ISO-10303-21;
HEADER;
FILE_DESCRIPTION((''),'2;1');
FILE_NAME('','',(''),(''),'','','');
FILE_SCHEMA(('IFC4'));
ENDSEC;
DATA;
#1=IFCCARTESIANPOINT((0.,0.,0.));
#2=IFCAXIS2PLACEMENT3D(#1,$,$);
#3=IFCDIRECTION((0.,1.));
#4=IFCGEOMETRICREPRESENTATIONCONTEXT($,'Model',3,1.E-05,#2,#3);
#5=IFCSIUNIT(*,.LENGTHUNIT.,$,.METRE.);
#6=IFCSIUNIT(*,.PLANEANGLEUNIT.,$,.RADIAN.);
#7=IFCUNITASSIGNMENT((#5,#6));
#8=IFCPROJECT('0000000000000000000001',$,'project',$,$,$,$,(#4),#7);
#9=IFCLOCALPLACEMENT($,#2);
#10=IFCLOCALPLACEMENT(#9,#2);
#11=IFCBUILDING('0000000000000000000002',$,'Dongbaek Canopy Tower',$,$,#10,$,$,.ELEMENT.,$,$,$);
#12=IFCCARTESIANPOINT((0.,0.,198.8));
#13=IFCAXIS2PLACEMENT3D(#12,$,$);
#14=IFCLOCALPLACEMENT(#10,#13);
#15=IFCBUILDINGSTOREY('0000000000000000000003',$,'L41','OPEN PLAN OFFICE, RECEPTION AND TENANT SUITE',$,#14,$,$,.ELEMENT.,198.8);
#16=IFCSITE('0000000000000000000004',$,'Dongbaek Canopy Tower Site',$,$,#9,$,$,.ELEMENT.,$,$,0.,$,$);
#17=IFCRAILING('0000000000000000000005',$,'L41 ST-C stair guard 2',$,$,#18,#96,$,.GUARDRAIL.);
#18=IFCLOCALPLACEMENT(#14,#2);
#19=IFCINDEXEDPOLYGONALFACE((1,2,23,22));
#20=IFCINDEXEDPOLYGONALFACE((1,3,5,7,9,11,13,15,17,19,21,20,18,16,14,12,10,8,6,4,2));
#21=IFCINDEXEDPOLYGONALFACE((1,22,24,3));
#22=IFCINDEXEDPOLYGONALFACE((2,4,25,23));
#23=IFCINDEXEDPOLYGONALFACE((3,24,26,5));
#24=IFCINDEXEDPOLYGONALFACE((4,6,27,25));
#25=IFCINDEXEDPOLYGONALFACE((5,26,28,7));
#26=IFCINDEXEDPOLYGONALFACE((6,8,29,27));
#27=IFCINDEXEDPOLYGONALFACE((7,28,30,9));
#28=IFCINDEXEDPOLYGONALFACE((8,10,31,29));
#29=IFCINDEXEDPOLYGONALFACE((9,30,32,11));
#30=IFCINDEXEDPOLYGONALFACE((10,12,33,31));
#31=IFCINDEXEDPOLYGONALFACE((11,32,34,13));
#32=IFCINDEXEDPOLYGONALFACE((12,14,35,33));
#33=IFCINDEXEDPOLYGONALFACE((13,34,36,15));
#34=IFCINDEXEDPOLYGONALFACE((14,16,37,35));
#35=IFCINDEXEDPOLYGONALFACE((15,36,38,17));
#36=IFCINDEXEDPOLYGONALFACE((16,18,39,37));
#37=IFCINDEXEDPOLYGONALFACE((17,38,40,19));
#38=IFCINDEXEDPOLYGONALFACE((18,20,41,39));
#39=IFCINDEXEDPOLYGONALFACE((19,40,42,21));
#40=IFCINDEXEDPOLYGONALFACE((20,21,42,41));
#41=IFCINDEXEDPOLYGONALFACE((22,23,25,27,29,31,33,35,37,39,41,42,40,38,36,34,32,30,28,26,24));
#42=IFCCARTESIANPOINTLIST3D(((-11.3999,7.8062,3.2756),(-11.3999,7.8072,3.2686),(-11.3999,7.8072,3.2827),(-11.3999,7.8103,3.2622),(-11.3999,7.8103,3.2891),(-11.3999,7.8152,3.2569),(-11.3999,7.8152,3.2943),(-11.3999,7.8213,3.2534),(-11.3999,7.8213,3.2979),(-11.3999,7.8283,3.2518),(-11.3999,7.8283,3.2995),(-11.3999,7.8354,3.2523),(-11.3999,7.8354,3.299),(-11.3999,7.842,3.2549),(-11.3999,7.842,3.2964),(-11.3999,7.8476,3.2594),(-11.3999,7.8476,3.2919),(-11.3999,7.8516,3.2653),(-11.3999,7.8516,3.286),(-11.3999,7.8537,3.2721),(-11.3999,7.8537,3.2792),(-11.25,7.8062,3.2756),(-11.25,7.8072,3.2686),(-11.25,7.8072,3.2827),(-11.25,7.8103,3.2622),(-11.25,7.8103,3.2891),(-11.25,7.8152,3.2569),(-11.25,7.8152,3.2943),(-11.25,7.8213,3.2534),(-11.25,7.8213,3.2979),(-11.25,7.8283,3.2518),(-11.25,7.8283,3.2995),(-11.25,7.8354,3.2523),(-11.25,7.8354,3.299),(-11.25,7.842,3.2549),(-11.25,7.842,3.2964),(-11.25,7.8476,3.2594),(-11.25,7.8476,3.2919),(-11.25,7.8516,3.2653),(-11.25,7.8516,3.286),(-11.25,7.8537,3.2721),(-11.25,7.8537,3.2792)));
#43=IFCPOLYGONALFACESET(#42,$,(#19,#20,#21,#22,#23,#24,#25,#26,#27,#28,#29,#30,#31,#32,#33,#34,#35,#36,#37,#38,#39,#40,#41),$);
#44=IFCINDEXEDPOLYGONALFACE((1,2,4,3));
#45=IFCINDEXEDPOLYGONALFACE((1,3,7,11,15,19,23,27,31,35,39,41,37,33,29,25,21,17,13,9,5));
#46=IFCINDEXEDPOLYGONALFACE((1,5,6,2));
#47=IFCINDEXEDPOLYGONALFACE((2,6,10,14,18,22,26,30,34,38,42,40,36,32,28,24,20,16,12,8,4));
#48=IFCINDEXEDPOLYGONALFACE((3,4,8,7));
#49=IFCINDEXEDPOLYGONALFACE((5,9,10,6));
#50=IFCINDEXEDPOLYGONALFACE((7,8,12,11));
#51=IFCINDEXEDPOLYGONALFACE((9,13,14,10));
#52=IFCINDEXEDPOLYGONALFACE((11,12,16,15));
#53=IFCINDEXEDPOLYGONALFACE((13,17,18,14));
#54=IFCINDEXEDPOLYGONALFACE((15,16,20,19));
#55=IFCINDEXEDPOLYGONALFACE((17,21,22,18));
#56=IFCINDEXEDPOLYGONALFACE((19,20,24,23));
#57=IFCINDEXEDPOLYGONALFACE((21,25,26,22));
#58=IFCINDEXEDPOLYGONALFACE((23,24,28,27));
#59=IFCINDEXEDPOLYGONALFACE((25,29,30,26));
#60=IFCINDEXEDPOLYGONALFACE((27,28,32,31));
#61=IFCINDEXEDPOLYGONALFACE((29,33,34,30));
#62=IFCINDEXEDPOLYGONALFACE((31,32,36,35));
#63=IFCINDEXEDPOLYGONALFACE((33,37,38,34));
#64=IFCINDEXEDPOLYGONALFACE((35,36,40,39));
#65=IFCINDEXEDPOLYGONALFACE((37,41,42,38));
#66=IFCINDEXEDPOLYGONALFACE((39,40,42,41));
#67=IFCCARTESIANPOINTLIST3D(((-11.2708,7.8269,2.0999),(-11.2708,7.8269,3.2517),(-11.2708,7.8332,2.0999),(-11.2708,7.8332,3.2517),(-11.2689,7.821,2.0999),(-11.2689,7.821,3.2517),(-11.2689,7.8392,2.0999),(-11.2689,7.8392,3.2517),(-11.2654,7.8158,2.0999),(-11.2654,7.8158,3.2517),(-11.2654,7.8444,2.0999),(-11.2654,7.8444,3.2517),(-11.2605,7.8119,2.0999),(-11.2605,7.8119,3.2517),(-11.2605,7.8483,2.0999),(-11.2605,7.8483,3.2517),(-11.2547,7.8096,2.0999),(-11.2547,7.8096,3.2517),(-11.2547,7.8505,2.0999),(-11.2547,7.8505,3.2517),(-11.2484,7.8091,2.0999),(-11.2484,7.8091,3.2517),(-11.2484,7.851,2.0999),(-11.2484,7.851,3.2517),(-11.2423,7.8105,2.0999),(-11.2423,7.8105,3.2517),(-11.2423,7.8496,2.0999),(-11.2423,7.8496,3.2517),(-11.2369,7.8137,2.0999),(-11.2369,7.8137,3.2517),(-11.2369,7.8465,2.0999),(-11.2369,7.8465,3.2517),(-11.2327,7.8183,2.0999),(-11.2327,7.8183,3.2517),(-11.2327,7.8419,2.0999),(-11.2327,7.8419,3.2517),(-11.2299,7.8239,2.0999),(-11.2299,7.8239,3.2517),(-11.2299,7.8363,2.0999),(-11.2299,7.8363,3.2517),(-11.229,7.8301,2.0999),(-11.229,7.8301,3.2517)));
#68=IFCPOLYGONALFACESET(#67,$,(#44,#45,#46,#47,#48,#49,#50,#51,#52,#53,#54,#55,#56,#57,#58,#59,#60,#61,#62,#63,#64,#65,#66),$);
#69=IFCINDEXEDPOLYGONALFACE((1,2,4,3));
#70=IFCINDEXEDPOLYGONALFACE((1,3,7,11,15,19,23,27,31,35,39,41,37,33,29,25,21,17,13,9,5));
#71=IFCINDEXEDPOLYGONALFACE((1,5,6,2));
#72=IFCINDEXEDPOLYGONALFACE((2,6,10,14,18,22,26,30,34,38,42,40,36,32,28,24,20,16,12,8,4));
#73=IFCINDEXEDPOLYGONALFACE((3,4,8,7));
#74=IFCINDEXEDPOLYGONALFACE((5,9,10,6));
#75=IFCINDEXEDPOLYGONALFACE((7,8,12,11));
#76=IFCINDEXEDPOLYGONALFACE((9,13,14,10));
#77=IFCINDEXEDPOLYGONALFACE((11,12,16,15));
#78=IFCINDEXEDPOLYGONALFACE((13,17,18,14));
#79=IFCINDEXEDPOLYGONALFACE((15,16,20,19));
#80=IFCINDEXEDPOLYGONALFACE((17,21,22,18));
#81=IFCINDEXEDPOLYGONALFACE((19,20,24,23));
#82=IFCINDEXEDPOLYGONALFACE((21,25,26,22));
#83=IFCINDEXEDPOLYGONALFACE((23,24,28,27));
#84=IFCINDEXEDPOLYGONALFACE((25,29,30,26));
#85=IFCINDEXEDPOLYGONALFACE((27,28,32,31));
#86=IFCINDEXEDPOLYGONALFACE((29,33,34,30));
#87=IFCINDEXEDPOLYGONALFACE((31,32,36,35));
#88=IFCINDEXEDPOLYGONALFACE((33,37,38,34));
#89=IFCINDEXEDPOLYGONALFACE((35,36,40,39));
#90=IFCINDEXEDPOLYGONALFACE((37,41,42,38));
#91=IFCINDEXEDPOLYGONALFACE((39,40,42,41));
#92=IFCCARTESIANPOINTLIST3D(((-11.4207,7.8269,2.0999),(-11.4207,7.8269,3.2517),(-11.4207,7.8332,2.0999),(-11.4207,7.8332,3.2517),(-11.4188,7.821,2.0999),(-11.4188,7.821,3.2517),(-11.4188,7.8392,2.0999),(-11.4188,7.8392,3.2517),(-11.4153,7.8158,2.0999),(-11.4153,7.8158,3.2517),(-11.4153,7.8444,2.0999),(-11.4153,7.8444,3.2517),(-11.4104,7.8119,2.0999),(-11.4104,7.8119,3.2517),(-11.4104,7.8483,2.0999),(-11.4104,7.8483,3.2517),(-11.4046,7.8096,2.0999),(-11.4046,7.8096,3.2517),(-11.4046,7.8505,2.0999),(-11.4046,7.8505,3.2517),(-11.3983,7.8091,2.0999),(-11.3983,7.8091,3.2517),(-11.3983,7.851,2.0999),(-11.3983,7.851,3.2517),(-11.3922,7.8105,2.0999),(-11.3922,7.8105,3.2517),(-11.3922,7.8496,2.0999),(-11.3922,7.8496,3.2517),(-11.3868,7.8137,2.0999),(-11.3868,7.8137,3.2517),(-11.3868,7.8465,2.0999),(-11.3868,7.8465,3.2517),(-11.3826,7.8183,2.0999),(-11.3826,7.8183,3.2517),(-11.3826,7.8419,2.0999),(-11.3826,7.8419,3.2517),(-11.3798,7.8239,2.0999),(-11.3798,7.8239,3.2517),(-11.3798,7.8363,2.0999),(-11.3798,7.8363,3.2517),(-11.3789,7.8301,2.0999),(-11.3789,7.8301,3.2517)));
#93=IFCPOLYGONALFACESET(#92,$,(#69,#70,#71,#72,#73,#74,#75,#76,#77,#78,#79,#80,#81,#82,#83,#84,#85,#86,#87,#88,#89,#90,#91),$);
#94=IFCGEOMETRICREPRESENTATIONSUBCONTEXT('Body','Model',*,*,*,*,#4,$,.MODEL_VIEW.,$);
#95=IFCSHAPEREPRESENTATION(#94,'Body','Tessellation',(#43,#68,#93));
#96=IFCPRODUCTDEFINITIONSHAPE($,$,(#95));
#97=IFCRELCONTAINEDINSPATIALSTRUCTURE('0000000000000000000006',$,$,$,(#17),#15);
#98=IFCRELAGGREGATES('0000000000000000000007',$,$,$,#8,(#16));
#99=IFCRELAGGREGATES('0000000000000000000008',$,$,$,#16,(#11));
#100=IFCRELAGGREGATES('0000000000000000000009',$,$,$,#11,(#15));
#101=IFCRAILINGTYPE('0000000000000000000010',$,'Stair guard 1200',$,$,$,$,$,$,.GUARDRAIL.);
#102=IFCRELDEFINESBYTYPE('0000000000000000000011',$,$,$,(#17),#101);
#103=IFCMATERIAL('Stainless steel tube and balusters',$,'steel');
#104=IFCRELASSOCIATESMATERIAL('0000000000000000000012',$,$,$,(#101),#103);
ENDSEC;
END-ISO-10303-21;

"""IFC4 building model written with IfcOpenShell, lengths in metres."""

from ifc_helpers import new_model, si_unit, direction, frame, origin, origin_2d, place, context, subcontext, project, spatial, circle, extrude, material, type_object, element, save


model = new_model("IFC4")

# Units and contexts
model_context = context("Model", 3, precision=1e-05, world=origin(), true_north=direction((0.0, 1.0)))
body_context = subcontext(model_context, "Body", "Model", "MODEL_VIEW")
ifc_project = project(units=[si_unit("LENGTHUNIT", "METRE"), si_unit("PLANEANGLEUNIT", "RADIAN")], contexts=[model_context])

# Site, building, storey
site_placement = place(None, origin())
site = spatial("IfcSite", under=ifc_project, at=site_placement, Name="Dongbaek Canopy Tower Site", CompositionType="ELEMENT", RefElevation=0.0)
building_placement = place(site_placement, origin())
building = spatial("IfcBuilding", under=site, at=building_placement, Name="Dongbaek Canopy Tower", CompositionType="ELEMENT")
storey_placement = place(building_placement, frame((0.0, 0.0, 198.8)))
storey = spatial("IfcBuildingStorey", under=building, at=storey_placement, Name="L41", Description="OPEN PLAN OFFICE, RECEPTION AND TENANT SUITE", CompositionType="ELEMENT", Elevation=198.8)

# Railing
ifc_material_1 = material(Name="Stainless steel tube and balusters", Category="steel")
railing_type_1 = type_object("IfcRailingType", Name="Stair guard 1200", PredefinedType="GUARDRAIL", material=ifc_material_1)
railing_1_placement = place(storey_placement, frame((-11.25, 7.8301, 2.0999)))
element("IfcRailing", 1, at=railing_1_placement, inside=storey, type_object=railing_type_1, Name="L41 ST-C stair guard 2", PredefinedType="GUARDRAIL", context=body_context, shape_type="SweptSolid", body=[
    extrude(circle(Radius=0.0239, at=origin_2d()), frame((0.0, 0.0, 1.1758), z_axis=(-1.0, 0.0, 0.0), x_axis=(0.0, -1.0, 0.0)), (0.0, 0.0, 1.0), 0.1499),
    extrude(circle(Radius=0.021, at=origin_2d()), origin(), (0.0, 0.0, 1.0), 1.1519),
    extrude(circle(Radius=0.021, at=origin_2d()), frame((-0.1499, 0.0, 0.0)), (0.0, 0.0, 1.0), 1.1519),
])

save(model, "model.ifc")
